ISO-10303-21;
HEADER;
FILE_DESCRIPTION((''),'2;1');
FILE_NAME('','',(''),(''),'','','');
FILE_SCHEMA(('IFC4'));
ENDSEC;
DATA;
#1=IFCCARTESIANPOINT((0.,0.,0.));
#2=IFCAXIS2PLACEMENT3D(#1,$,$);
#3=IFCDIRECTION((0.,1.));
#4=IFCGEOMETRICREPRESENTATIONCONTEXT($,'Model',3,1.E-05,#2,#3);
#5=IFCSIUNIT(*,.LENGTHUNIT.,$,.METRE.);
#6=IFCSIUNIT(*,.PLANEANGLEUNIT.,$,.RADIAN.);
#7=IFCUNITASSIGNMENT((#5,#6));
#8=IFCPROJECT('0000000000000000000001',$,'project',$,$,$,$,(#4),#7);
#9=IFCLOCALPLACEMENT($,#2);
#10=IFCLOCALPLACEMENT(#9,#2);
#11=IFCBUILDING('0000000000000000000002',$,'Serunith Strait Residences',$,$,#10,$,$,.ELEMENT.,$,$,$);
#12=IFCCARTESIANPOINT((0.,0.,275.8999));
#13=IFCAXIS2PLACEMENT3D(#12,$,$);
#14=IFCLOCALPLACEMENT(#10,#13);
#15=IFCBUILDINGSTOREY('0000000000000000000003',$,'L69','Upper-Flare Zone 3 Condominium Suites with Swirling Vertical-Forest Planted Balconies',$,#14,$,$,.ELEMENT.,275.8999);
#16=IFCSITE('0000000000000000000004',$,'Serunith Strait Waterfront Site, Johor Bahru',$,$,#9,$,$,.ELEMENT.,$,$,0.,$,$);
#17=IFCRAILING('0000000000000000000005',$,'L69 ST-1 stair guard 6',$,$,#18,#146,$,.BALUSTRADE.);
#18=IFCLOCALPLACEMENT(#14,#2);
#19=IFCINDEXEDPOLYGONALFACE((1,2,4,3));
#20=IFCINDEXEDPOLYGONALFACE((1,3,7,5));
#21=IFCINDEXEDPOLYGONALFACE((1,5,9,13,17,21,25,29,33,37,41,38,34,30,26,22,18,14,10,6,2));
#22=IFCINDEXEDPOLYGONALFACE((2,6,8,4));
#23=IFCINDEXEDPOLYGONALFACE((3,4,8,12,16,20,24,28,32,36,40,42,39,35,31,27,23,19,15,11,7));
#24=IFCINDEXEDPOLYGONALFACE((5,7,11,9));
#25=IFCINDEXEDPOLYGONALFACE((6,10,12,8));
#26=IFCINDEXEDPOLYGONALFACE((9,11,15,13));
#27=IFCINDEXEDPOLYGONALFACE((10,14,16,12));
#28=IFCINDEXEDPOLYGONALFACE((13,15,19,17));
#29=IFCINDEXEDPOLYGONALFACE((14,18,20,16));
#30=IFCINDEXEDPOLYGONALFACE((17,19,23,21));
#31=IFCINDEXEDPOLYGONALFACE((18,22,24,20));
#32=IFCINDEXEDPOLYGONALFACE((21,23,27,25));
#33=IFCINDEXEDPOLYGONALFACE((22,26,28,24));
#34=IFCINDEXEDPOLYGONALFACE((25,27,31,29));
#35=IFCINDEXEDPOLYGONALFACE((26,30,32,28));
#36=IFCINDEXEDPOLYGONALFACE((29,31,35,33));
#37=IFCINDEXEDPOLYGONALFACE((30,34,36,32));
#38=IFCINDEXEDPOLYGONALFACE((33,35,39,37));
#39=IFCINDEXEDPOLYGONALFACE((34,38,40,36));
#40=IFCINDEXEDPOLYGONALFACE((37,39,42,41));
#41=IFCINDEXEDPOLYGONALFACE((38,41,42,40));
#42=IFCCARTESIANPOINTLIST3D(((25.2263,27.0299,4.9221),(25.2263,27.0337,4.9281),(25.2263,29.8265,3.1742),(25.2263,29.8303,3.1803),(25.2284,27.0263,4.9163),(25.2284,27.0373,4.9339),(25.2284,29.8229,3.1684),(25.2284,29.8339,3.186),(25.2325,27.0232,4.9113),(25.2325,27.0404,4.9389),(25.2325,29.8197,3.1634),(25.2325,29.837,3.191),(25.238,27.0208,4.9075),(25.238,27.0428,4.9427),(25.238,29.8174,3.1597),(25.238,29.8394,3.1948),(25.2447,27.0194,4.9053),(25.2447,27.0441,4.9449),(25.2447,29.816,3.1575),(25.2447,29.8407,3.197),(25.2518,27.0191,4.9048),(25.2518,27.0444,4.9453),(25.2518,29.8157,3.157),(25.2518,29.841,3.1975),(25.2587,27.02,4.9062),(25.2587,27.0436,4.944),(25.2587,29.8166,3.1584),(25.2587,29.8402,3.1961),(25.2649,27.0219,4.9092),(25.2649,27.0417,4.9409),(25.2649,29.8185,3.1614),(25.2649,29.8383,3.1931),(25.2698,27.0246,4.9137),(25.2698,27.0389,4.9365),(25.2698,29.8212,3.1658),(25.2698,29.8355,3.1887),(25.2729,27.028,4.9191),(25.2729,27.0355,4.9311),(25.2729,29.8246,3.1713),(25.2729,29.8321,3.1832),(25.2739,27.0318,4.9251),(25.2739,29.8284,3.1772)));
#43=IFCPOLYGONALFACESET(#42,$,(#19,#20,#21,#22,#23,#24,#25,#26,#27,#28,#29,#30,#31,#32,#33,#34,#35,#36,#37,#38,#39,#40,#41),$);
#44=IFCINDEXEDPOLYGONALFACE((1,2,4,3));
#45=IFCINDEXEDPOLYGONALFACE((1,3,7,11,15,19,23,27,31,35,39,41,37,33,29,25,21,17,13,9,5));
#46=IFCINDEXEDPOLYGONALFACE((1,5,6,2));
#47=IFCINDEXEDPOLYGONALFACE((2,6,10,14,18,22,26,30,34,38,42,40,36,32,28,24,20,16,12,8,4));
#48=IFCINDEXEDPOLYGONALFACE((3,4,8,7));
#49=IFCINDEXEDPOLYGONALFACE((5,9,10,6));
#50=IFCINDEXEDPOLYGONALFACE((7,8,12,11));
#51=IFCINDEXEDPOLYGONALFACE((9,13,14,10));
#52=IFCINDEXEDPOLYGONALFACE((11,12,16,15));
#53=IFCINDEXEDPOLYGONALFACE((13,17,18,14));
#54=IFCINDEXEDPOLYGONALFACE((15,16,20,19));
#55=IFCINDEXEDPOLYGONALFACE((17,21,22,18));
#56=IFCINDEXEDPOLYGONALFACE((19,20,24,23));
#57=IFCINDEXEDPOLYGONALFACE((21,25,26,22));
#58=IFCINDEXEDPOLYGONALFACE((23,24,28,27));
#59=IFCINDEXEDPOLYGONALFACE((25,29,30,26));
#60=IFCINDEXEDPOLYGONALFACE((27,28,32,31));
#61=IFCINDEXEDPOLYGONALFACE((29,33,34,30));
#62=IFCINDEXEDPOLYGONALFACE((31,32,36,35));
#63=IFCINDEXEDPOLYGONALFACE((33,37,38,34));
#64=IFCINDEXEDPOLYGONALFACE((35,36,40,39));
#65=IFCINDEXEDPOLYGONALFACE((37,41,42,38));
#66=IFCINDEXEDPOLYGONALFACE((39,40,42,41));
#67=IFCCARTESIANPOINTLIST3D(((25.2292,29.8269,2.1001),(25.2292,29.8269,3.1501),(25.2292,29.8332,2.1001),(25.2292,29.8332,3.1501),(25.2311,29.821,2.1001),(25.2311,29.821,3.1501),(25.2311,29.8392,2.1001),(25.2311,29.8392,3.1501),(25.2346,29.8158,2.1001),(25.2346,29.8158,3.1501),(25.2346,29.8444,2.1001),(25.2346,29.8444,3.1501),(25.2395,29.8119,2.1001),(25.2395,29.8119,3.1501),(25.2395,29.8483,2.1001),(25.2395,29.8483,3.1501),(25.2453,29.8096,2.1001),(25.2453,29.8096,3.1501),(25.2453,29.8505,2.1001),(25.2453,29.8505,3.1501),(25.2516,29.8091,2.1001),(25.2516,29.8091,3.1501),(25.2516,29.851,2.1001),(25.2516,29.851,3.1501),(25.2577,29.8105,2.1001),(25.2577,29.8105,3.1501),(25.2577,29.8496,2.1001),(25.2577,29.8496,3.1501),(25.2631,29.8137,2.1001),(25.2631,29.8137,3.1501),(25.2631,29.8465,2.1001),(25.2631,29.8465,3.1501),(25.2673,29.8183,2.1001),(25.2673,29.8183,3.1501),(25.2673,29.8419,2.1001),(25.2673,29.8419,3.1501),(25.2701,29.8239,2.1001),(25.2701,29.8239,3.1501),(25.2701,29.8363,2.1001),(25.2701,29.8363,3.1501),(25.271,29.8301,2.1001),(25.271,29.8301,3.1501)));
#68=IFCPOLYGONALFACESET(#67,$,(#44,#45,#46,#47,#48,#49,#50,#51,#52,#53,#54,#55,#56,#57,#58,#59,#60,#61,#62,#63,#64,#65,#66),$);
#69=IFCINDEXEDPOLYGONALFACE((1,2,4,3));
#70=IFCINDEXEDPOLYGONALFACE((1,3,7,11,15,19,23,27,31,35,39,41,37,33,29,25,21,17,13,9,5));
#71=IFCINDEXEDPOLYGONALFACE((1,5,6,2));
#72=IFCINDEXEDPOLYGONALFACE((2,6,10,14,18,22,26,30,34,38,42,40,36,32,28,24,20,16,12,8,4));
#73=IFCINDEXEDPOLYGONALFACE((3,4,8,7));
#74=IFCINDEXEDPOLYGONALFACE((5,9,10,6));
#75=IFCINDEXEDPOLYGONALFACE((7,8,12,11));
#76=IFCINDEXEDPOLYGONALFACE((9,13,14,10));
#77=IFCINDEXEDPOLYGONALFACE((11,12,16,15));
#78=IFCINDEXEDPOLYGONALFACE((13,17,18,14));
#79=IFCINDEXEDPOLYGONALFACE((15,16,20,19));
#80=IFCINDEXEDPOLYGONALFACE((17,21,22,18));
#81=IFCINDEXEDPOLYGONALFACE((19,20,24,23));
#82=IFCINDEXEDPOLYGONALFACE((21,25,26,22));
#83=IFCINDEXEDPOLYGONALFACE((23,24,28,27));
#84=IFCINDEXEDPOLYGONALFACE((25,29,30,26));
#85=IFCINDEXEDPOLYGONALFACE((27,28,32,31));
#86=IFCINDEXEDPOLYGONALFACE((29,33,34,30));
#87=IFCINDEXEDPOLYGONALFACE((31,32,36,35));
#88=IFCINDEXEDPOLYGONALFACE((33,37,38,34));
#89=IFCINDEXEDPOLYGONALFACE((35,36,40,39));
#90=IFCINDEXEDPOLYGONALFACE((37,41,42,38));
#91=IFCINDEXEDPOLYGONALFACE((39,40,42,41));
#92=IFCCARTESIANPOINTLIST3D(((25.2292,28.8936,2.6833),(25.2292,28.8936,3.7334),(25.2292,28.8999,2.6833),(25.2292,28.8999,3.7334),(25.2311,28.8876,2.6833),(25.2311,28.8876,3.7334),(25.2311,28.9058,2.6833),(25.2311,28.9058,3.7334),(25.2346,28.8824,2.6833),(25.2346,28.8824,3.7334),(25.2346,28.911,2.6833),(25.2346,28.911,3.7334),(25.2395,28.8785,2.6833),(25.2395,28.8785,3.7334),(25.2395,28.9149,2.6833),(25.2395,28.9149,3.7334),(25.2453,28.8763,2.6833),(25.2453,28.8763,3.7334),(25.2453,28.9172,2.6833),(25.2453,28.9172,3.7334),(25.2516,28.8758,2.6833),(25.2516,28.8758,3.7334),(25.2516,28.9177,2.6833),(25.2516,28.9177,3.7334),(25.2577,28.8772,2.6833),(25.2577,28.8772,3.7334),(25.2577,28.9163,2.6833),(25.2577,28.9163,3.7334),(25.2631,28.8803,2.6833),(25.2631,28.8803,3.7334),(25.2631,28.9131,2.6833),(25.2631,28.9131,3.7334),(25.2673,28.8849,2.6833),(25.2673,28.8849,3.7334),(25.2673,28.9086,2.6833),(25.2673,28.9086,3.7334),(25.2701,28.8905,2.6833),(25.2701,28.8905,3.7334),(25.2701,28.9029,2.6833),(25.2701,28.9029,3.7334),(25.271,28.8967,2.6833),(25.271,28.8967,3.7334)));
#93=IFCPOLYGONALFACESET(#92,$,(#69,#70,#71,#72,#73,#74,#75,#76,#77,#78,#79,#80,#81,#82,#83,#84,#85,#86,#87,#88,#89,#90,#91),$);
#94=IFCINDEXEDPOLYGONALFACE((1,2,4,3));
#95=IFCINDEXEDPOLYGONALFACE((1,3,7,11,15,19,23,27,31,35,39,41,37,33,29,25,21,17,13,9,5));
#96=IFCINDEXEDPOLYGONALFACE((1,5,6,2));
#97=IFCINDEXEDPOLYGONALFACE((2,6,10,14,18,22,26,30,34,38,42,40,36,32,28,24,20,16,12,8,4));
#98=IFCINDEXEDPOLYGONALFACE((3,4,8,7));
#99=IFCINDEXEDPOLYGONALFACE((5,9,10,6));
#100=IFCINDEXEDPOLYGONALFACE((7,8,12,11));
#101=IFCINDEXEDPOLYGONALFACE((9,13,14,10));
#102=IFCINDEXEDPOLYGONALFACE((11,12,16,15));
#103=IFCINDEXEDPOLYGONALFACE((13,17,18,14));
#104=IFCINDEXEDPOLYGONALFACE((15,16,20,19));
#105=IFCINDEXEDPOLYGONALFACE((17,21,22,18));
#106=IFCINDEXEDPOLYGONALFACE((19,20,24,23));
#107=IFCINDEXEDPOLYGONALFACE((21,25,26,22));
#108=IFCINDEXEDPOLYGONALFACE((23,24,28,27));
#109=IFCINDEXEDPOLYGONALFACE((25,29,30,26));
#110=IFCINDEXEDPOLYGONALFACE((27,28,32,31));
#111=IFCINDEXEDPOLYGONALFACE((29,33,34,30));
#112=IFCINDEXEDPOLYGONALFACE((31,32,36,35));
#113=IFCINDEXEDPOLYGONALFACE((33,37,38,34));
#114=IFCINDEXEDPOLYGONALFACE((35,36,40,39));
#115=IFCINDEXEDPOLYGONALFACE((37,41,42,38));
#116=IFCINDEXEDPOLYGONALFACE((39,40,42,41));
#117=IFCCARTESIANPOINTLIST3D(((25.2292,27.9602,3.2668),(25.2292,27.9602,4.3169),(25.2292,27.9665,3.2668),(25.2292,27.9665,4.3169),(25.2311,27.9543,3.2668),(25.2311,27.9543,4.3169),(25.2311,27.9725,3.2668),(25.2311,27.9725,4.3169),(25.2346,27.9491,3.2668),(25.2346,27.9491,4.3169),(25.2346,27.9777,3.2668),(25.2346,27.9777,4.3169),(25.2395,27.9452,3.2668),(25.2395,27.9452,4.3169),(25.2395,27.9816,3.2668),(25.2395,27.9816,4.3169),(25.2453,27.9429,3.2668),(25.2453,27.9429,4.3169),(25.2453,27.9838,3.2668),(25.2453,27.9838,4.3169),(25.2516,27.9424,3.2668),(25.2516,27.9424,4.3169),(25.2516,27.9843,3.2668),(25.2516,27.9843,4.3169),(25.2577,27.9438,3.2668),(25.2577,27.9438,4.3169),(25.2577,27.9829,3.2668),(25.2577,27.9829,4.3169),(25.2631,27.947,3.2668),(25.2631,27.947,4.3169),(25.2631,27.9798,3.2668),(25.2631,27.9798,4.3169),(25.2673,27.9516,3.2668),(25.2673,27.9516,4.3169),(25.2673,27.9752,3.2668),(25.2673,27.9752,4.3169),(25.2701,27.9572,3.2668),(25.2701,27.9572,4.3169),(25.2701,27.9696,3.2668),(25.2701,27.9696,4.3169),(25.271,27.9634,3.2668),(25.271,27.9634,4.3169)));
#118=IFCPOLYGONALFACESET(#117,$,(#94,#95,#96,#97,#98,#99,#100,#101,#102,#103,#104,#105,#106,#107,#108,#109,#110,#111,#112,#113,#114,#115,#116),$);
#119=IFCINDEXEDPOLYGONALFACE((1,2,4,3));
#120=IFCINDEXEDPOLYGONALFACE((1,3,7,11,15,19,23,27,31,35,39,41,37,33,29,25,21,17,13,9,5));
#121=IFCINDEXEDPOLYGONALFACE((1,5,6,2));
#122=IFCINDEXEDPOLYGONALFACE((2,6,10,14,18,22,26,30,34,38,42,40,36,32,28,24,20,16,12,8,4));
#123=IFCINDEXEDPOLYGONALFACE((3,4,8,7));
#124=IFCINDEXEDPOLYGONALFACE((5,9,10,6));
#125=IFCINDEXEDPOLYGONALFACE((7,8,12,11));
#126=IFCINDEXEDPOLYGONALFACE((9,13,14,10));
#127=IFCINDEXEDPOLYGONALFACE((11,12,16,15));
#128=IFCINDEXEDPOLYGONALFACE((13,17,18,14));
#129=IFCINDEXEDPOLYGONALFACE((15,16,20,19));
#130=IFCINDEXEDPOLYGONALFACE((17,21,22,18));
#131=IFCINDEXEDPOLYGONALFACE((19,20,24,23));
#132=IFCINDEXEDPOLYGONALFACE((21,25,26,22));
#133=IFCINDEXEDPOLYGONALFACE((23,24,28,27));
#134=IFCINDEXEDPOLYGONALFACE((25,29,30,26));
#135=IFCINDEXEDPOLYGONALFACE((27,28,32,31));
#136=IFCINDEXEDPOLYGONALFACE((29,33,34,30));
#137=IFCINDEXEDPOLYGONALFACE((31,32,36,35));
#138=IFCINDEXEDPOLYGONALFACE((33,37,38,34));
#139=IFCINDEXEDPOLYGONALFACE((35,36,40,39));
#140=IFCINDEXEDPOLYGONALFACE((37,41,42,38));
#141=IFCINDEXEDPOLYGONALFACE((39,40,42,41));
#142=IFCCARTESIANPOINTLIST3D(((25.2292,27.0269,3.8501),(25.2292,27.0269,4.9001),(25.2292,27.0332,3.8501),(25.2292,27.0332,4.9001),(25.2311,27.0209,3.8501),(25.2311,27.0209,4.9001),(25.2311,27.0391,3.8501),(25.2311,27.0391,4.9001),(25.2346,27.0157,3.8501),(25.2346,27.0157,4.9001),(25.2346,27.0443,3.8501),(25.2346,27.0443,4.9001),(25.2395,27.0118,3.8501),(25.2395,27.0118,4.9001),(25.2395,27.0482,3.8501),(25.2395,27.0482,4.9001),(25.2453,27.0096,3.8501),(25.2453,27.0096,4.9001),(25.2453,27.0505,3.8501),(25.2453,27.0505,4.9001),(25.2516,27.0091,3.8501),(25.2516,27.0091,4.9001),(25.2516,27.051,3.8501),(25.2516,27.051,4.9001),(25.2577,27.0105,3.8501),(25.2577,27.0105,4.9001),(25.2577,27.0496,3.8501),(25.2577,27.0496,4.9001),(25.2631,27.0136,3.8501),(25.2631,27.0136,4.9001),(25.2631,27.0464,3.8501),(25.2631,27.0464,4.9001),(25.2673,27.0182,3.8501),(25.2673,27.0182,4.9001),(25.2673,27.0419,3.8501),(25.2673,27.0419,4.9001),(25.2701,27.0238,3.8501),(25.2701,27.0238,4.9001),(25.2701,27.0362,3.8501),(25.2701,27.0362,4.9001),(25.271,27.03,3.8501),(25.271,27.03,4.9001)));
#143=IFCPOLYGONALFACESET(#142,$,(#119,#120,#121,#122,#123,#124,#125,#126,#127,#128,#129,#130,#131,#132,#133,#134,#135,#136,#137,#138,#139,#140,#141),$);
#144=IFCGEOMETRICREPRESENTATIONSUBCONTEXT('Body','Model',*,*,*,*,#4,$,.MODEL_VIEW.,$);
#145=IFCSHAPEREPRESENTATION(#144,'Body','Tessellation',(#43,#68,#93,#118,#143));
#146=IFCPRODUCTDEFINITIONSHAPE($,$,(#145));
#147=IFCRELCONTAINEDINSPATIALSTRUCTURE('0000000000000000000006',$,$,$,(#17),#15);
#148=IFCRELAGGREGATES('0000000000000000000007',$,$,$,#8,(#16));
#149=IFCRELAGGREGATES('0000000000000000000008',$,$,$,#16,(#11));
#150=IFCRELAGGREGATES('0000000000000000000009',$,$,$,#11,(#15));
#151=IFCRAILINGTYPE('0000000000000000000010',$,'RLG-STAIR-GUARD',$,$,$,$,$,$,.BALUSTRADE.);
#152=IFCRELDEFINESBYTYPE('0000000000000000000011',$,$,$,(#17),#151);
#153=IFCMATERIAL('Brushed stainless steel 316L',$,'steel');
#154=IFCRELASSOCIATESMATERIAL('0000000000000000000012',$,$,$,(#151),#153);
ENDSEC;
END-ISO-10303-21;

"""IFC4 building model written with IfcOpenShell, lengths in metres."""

from ifc_helpers import new_model, si_unit, direction, frame, origin, origin_2d, place, context, subcontext, project, spatial, circle, extrude, material, type_object, element, save


model = new_model("IFC4")

# Units and contexts
model_context = context("Model", 3, precision=1e-05, world=origin(), true_north=direction((0.0, 1.0)))
body_context = subcontext(model_context, "Body", "Model", "MODEL_VIEW")
ifc_project = project(units=[si_unit("LENGTHUNIT", "METRE"), si_unit("PLANEANGLEUNIT", "RADIAN")], contexts=[model_context])

# Site, building, storey
site_placement = place(None, origin())
site = spatial("IfcSite", under=ifc_project, at=site_placement, Name="Serunith Strait Waterfront Site, Johor Bahru", CompositionType="ELEMENT", RefElevation=0.0)
building_placement = place(site_placement, origin())
building = spatial("IfcBuilding", under=site, at=building_placement, Name="Serunith Strait Residences", CompositionType="ELEMENT")
storey_placement = place(building_placement, frame((0.0, 0.0, 275.8999)))
storey = spatial("IfcBuildingStorey", under=building, at=storey_placement, Name="L69", Description="Upper-Flare Zone 3 Condominium Suites with Swirling Vertical-Forest Planted Balconies", CompositionType="ELEMENT", Elevation=275.8999)

# Railing
ifc_material_1 = material(Name="Brushed stainless steel 316L", Category="steel")
railing_type_1 = type_object("IfcRailingType", Name="RLG-STAIR-GUARD", PredefinedType="BALUSTRADE", material=ifc_material_1)
railing_1_placement = place(storey_placement, frame((25.25, 29.8301, 2.1001)))
element("IfcRailing", 1, at=railing_1_placement, inside=storey, type_object=railing_type_1, Name="L69 ST-1 stair guard 6", PredefinedType="BALUSTRADE", context=body_context, shape_type="SweptSolid", body=[
    extrude(circle(Radius=0.0239, at=origin_2d()), frame((0.0, -0.0017, 1.0771), z_axis=(0.0, -0.848002, 0.529992), x_axis=(1.0, 0.0, 0.0)), (0.0, 0.0, 1.0), 3.2979),
    extrude(circle(Radius=0.021, at=origin_2d()), origin(), (0.0, 0.0, 1.0), 1.05),
    extrude(circle(Radius=0.021, at=origin_2d()), frame((0.0, -0.9333, 0.5833)), (0.0, 0.0, 1.0), 1.05),
    extrude(circle(Radius=0.021, at=origin_2d()), frame((0.0, -1.8667, 1.1667)), (0.0, 0.0, 1.0), 1.05),
    extrude(circle(Radius=0.021, at=origin_2d()), frame((0.0, -2.8, 1.75)), (0.0, 0.0, 1.0), 1.05),
])

save(model, "model.ifc")
